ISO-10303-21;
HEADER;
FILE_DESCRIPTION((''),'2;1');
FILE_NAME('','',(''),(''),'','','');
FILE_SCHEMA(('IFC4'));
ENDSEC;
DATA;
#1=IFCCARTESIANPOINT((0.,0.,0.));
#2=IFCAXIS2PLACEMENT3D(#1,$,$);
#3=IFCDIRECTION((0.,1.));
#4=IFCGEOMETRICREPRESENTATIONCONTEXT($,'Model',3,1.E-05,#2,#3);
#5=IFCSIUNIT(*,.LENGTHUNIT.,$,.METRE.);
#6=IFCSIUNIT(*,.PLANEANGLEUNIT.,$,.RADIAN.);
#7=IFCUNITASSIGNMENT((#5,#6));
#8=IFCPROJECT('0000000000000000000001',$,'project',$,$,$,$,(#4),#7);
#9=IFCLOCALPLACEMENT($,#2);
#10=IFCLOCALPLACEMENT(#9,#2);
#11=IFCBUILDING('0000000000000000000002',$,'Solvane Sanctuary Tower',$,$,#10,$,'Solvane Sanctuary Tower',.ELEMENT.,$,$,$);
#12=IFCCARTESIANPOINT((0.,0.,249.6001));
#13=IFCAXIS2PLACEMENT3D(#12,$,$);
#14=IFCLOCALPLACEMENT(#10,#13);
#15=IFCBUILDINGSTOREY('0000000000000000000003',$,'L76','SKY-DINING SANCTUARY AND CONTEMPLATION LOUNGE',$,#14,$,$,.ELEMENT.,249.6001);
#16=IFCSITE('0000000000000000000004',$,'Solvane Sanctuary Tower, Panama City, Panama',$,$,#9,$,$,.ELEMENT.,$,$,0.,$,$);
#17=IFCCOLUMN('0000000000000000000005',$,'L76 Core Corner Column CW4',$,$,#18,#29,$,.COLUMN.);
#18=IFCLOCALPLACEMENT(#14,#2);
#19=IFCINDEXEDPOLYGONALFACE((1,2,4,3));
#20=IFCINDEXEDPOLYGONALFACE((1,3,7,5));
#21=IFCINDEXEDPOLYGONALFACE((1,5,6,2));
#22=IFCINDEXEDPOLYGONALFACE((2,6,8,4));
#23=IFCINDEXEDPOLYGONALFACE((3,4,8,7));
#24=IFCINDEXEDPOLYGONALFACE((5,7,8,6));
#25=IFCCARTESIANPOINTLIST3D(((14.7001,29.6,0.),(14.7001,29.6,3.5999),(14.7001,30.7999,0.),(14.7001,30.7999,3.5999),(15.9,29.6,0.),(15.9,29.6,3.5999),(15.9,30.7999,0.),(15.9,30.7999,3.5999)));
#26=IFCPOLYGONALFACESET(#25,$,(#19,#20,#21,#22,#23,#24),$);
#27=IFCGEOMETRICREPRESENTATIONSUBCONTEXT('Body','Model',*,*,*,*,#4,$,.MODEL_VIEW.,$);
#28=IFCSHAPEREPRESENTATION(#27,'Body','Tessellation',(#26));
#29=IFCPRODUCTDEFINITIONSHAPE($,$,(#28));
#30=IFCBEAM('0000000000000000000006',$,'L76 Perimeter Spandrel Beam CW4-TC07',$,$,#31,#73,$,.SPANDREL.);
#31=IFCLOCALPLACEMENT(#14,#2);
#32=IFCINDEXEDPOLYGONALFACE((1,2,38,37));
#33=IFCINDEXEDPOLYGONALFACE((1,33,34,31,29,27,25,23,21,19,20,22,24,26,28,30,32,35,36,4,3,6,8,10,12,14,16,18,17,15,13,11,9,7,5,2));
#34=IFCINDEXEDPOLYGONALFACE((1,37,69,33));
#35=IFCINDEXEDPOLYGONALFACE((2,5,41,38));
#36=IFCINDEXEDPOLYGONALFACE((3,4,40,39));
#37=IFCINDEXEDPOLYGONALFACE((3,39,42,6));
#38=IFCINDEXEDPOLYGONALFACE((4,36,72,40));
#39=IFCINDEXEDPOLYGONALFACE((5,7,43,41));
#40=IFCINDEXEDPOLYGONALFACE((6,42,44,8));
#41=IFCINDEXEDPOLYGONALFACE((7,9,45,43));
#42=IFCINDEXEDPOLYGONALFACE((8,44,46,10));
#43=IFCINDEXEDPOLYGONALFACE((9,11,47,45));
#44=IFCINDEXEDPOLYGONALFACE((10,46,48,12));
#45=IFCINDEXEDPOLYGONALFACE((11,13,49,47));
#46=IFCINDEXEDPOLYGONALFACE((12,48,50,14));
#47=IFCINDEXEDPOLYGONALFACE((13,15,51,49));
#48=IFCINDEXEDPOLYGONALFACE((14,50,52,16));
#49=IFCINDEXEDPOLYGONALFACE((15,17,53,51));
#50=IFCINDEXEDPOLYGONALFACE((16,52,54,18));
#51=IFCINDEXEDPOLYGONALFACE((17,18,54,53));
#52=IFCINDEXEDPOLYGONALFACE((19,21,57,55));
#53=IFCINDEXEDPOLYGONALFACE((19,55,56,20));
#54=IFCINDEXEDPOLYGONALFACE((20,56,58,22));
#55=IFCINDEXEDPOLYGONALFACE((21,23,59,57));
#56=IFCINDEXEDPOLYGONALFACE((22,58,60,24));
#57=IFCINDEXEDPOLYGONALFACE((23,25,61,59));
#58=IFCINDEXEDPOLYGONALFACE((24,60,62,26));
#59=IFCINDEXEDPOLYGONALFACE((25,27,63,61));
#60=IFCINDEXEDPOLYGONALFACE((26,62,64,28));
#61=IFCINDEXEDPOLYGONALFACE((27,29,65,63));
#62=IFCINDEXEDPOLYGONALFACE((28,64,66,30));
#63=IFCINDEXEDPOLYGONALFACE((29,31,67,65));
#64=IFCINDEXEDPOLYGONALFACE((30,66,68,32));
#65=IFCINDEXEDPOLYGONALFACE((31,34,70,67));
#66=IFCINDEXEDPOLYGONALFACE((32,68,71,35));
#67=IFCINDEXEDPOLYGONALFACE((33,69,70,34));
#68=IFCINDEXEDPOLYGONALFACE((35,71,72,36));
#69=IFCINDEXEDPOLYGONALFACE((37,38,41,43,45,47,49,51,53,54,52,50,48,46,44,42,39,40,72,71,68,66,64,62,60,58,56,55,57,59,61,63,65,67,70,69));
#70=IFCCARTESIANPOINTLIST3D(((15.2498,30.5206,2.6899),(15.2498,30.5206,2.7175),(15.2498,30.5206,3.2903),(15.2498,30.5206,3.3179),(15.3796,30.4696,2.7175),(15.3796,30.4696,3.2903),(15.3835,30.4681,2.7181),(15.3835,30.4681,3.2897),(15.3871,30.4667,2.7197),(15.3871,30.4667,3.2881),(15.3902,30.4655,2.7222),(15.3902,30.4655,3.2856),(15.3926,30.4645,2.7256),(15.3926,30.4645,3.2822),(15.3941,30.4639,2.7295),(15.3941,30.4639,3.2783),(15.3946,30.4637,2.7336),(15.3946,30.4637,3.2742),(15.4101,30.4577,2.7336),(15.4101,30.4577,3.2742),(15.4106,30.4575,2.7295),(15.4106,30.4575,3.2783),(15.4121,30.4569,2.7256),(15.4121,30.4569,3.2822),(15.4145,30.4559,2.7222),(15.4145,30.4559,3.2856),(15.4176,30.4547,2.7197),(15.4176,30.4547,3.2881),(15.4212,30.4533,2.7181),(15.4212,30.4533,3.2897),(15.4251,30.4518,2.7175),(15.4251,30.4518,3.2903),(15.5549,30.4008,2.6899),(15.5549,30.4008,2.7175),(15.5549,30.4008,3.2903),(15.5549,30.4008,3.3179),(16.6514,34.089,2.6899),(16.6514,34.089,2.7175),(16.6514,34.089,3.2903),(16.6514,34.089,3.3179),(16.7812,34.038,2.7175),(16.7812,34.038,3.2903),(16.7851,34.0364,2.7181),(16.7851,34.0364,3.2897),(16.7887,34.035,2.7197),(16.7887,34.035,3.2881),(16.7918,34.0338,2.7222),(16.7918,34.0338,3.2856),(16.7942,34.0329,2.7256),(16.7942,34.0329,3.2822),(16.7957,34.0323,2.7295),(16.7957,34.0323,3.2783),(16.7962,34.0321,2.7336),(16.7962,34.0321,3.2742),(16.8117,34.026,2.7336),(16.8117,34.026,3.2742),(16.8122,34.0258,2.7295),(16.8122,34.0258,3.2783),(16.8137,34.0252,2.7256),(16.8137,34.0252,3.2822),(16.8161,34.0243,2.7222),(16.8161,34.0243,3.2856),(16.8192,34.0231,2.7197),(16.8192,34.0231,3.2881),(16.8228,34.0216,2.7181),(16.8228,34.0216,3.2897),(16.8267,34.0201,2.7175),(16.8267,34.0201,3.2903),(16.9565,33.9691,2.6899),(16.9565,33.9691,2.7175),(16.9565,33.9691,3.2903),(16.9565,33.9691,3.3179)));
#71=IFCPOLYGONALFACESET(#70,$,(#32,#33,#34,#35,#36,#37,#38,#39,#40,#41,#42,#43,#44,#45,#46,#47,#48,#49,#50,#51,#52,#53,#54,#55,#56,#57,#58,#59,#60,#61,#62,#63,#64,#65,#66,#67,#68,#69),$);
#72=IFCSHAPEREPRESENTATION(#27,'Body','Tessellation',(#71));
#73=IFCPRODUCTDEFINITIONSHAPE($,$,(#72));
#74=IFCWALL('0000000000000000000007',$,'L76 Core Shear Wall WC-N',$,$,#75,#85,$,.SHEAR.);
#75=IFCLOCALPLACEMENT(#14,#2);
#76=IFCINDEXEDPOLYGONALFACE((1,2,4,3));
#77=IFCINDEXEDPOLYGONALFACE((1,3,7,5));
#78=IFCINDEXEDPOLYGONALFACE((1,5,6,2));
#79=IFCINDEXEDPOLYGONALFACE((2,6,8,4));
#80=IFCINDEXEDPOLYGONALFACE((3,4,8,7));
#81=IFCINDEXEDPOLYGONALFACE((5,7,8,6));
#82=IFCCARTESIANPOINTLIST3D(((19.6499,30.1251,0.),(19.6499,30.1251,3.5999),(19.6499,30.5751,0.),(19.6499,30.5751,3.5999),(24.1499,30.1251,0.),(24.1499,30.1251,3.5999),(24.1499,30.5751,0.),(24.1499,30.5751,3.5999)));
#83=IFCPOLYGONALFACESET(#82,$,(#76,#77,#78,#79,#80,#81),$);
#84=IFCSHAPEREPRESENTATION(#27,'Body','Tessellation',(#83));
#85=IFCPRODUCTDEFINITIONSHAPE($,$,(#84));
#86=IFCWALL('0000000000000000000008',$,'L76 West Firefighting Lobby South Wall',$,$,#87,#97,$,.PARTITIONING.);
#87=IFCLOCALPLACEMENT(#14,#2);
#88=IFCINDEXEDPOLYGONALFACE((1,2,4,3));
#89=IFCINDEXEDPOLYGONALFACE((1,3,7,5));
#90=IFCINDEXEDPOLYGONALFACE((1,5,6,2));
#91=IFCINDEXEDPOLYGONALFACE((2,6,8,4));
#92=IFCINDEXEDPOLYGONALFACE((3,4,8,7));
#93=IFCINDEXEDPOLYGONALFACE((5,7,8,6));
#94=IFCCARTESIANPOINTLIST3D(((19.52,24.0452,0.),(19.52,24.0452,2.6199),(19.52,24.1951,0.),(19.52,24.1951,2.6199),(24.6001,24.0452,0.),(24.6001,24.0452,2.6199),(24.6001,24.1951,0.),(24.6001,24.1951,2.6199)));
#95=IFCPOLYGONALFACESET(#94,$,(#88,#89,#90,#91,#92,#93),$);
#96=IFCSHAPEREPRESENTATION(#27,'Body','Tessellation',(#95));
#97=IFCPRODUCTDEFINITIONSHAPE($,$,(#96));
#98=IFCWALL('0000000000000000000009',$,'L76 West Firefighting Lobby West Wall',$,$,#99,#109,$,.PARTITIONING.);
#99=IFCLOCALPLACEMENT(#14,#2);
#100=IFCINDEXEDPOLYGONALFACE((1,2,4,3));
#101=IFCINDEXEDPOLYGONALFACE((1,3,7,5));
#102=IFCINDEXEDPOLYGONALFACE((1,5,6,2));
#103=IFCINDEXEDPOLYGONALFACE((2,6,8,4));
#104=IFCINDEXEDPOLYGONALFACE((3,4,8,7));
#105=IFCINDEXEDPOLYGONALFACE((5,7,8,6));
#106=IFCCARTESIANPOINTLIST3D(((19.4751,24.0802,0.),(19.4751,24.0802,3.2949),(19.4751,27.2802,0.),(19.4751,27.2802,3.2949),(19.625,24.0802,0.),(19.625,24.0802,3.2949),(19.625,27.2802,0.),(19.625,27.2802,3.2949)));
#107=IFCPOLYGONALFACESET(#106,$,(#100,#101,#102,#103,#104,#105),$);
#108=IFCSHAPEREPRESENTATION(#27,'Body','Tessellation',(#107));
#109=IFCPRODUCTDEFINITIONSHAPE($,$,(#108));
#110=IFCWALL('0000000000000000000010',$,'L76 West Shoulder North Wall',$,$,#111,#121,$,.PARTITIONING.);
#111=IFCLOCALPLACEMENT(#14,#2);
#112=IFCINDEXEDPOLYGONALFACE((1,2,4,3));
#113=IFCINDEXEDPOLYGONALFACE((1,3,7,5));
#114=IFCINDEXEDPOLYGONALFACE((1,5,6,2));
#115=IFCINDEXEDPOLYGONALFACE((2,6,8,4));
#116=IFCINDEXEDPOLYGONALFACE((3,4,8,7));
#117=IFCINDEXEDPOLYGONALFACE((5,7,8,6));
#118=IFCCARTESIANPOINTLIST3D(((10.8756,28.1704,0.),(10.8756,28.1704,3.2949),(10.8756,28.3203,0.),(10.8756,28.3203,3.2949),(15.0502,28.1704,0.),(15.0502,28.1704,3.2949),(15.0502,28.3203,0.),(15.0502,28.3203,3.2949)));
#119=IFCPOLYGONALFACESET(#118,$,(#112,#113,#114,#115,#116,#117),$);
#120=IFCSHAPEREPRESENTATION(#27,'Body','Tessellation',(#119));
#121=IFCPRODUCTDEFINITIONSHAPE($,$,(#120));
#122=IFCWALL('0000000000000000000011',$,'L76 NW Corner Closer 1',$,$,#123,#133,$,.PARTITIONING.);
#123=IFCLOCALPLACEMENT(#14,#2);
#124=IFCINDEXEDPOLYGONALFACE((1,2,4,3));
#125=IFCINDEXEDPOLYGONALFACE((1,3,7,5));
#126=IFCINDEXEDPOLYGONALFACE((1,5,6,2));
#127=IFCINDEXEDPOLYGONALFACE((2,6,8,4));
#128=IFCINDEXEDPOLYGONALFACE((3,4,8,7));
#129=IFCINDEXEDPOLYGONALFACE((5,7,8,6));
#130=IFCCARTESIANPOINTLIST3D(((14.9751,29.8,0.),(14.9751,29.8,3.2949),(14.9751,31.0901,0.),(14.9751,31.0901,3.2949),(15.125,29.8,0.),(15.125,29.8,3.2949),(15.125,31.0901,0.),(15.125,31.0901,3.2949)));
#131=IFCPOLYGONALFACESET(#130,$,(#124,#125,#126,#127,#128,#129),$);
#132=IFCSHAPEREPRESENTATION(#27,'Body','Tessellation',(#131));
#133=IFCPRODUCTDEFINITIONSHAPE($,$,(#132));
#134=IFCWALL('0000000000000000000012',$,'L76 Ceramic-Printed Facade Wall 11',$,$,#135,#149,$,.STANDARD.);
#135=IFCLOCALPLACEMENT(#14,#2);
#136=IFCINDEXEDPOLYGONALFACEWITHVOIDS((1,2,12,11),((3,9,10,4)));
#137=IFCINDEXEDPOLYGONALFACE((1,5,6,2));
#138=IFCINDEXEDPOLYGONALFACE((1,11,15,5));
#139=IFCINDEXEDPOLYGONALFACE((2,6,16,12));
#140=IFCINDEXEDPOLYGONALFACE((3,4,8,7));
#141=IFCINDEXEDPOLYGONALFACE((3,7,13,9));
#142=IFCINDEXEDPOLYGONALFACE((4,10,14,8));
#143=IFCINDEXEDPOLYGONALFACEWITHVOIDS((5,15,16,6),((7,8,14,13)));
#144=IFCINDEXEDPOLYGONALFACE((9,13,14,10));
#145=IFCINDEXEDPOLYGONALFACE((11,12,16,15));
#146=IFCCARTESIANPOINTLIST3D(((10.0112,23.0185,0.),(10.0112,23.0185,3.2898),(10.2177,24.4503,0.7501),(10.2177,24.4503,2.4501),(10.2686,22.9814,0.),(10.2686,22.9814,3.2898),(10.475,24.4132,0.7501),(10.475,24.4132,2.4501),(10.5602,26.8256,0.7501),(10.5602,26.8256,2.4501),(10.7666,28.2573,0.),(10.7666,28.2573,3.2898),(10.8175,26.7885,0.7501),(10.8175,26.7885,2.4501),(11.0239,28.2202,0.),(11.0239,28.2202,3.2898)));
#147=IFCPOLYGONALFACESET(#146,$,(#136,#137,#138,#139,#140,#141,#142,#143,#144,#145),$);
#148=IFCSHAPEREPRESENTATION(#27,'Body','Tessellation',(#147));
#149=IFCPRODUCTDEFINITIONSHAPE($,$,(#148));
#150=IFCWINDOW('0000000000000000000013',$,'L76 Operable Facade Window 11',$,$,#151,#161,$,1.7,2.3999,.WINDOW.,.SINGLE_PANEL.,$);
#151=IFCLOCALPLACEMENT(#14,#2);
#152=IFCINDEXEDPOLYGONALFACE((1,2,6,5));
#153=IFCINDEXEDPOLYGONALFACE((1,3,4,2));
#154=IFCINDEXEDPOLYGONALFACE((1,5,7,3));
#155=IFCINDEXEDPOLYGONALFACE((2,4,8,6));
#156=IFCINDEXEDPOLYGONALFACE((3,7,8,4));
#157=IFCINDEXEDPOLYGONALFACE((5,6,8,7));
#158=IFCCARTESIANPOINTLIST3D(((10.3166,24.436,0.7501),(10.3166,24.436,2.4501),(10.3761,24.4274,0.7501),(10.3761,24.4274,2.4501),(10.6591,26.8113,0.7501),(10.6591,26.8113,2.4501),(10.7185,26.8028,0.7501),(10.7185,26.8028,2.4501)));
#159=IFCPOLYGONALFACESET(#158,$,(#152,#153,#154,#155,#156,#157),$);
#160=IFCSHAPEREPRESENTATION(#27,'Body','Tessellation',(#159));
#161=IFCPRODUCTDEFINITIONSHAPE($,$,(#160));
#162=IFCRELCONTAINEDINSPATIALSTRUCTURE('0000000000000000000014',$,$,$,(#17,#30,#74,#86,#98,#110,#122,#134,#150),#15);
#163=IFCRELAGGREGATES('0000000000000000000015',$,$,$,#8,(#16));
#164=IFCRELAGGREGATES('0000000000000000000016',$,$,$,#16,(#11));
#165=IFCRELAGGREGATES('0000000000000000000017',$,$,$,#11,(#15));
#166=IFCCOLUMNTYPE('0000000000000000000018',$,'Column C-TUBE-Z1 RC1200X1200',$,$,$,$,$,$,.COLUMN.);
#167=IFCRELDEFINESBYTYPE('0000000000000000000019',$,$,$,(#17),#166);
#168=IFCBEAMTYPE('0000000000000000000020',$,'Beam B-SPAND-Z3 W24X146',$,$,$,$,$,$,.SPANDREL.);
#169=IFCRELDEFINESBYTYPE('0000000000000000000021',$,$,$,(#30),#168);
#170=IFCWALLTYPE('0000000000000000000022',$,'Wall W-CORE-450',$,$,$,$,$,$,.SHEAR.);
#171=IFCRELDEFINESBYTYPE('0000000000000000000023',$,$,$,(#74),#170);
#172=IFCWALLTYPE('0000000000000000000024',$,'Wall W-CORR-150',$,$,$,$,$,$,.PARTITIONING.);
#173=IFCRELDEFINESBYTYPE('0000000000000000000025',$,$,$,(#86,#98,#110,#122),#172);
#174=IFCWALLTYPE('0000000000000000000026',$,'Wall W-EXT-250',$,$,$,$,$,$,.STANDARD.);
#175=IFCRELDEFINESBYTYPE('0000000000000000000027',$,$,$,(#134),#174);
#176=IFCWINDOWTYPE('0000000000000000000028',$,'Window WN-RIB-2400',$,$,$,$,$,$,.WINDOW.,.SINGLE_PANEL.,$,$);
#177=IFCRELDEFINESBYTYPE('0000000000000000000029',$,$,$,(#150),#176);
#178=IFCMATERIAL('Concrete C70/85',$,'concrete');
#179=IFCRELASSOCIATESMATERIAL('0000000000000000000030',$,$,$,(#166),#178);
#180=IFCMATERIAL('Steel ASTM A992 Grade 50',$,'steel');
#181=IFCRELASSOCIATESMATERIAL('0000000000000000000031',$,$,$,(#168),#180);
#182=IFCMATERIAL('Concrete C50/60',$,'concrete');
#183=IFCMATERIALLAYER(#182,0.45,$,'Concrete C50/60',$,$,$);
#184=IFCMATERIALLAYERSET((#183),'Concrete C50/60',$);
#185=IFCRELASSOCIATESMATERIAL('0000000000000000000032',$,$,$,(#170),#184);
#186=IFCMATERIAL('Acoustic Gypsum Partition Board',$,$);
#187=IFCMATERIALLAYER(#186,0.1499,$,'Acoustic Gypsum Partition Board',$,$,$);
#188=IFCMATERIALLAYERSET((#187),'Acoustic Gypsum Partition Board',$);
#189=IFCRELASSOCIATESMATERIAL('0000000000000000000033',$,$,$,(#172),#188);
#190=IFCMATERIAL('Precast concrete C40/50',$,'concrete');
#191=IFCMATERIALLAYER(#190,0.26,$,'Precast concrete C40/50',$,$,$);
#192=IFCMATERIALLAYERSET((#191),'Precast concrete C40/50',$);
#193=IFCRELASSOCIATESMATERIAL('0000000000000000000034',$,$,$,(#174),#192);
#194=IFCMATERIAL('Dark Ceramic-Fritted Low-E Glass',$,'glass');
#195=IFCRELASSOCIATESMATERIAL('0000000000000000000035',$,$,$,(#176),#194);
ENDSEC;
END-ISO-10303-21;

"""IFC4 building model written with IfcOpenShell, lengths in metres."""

from ifc_helpers import new_model, si_unit, direction, frame, frame_2d, origin, origin_2d, place, context, subcontext, project, spatial, rectangle, i_section, extrude, material, layer, layer_set, material_profile, profile_set, type_object, element, fill, save


model = new_model("IFC4")

# Units and contexts
model_context = context("Model", 3, precision=1e-05, world=origin(), true_north=direction((0.0, 1.0)))
body_context = subcontext(model_context, "Body", "Model", "MODEL_VIEW")
ifc_project = project(units=[si_unit("LENGTHUNIT", "METRE"), si_unit("PLANEANGLEUNIT", "RADIAN")], contexts=[model_context])

# Site, building, storey
site_placement = place(None, origin())
site = spatial("IfcSite", under=ifc_project, at=site_placement, Name="Solvane Sanctuary Tower, Panama City, Panama", CompositionType="ELEMENT", RefElevation=0.0)
building_placement = place(site_placement, origin())
building = spatial("IfcBuilding", under=site, at=building_placement, Name="Solvane Sanctuary Tower", LongName="Solvane Sanctuary Tower", CompositionType="ELEMENT")
storey_placement = place(building_placement, frame((0.0, 0.0, 249.6001)))
storey = spatial("IfcBuildingStorey", under=building, at=storey_placement, Name="L76", Description="SKY-DINING SANCTUARY AND CONTEMPLATION LOUNGE", CompositionType="ELEMENT", Elevation=249.6001)

# Column
ifc_material_1 = material(Name="Concrete C70/85", Category="concrete")
ifc_material_profile_1 = material_profile(ifc_material_1, rectangle(XDim=1.2, YDim=1.2, at=origin_2d()), Name="RC1200X1200")
ifc_profile_set_1 = profile_set([ifc_material_profile_1], Name="Concrete C70/85")
column_type = type_object("IfcColumnType", Name="Column C-TUBE-Z1 RC1200X1200", PredefinedType="COLUMN", material=ifc_profile_set_1)
column_placement = place(storey_placement, frame((15.3, 30.2, 0.0), z_axis=(0.0, 0.0, 1.0), x_axis=(1.0, 0.0, 0.0)))
element("IfcColumn", 1, at=column_placement, inside=storey, type_object=column_type, Name="L76 Core Corner Column CW4", PredefinedType="COLUMN", context=body_context, shape_type="SweptSolid", body=[
    extrude(rectangle(XDim=1.2, YDim=1.2, at=origin_2d()), origin(), (0.0, 0.0, 1.0), 3.5999),
])

# Beam
ifc_material_2 = material(Name="Steel ASTM A992 Grade 50", Category="steel")
ifc_material_profile_2 = material_profile(ifc_material_2, i_section(OverallWidth=0.3279, OverallDepth=0.6279, WebThickness=0.0166, FlangeThickness=0.0276, FilletRadius=0.0161, at=origin_2d()), Name="W24X146")
ifc_profile_set_2 = profile_set([ifc_material_profile_2], Name="Steel ASTM A992 Grade 50")
beam_type = type_object("IfcBeamType", Name="Beam B-SPAND-Z3 W24X146", PredefinedType="SPANDREL", material=ifc_profile_set_2)
beam_placement = place(storey_placement, frame((15.4023, 30.4607, 3.0039), z_axis=(0.365597, 0.930773, 0.0), x_axis=(-0.930773, 0.365597, 0.0)))
element("IfcBeam", 2, at=beam_placement, inside=storey, type_object=beam_type, Name="L76 Perimeter Spandrel Beam CW4-TC07", PredefinedType="SPANDREL", context=body_context, shape_type="SweptSolid", body=[
    extrude(i_section(OverallWidth=0.3279, OverallDepth=0.6279, WebThickness=0.0166, FlangeThickness=0.0276, FilletRadius=0.0161, at=origin_2d()), origin(), (0.0, 0.0, 1.0), 3.8337),
])

# Walls
ifc_material_3 = material(Name="Concrete C50/60", Category="concrete")
ifc_layer_1 = layer(ifc_material_3, 0.45, Name="Concrete C50/60")
ifc_layer_set_1 = layer_set([ifc_layer_1], Name="Concrete C50/60")
wall_type_1 = type_object("IfcWallType", Name="Wall W-CORE-450", PredefinedType="SHEAR", material=ifc_layer_set_1)
wall_1_placement = place(storey_placement, frame((19.6499, 30.3501, 0.0), z_axis=(0.0, 0.0, 1.0), x_axis=(1.0, 0.0, 0.0)))
element("IfcWall", 3, at=wall_1_placement, inside=storey, type_object=wall_type_1, Name="L76 Core Shear Wall WC-N", PredefinedType="SHEAR", context=body_context, shape_type="SweptSolid", body=[
    extrude(rectangle(XDim=4.5, YDim=0.45, at=frame_2d((2.25, 0.0))), origin(), (0.0, 0.0, 1.0), 3.5999),
])
ifc_material_4 = material(Name="Acoustic Gypsum Partition Board")
ifc_layer_2 = layer(ifc_material_4, 0.1499, Name="Acoustic Gypsum Partition Board")
ifc_layer_set_2 = layer_set([ifc_layer_2], Name="Acoustic Gypsum Partition Board")
wall_type_2 = type_object("IfcWallType", Name="Wall W-CORR-150", PredefinedType="PARTITIONING", material=ifc_layer_set_2)
wall_2_placement = place(storey_placement, frame((19.52, 24.1201, 0.0), z_axis=(0.0, 0.0, 1.0), x_axis=(1.0, 0.0, 0.0)))
element("IfcWall", 4, at=wall_2_placement, inside=storey, type_object=wall_type_2, Name="L76 West Firefighting Lobby South Wall", PredefinedType="PARTITIONING", context=body_context, shape_type="SweptSolid", body=[
    extrude(rectangle(XDim=5.0801, YDim=0.1499, at=frame_2d((2.54, 0.0))), origin(), (0.0, 0.0, 1.0), 2.6199),
])
wall_3_placement = place(storey_placement, frame((19.55, 24.0801, 0.0), z_axis=(0.0, 0.0, 1.0), x_axis=(0.0, 1.0, 0.0)))
element("IfcWall", 5, at=wall_3_placement, inside=storey, type_object=wall_type_2, Name="L76 West Firefighting Lobby West Wall", PredefinedType="PARTITIONING", context=body_context, shape_type="SweptSolid", body=[
    extrude(rectangle(XDim=3.2, YDim=0.1499, at=frame_2d((1.6001, 0.0))), origin(), (0.0, 0.0, 1.0), 3.2949),
])
wall_4_placement = place(storey_placement, frame((10.8755, 28.2454, 0.0), z_axis=(0.0, 0.0, 1.0), x_axis=(1.0, 0.0, 0.0)))
element("IfcWall", 6, at=wall_4_placement, inside=storey, type_object=wall_type_2, Name="L76 West Shoulder North Wall", PredefinedType="PARTITIONING", context=body_context, shape_type="SweptSolid", body=[
    extrude(rectangle(XDim=4.1746, YDim=0.1499, at=frame_2d((2.0874, 0.0))), origin(), (0.0, 0.0, 1.0), 3.2949),
])
wall_5_placement = place(storey_placement, frame((15.05, 29.8, 0.0), z_axis=(0.0, 0.0, 1.0), x_axis=(0.0, 1.0, 0.0)))
element("IfcWall", 7, at=wall_5_placement, inside=storey, type_object=wall_type_2, Name="L76 NW Corner Closer 1", PredefinedType="PARTITIONING", context=body_context, shape_type="SweptSolid", body=[
    extrude(rectangle(XDim=1.29, YDim=0.1499, at=frame_2d((0.645, 0.0))), origin(), (0.0, 0.0, 1.0), 3.2949),
])

# Wall, opening, window
ifc_material_5 = material(Name="Precast concrete C40/50", Category="concrete")
ifc_layer_3 = layer(ifc_material_5, 0.26, Name="Precast concrete C40/50")
ifc_layer_set_3 = layer_set([ifc_layer_3], Name="Precast concrete C40/50")
wall_type_3 = type_object("IfcWallType", Name="Wall W-EXT-250", PredefinedType="STANDARD", material=ifc_layer_set_3)
wall_6_placement = place(storey_placement, frame((10.8953, 28.2388, 0.0), z_axis=(0.0, 0.0, 1.0), x_axis=(-0.142713, -0.989764, 0.0)))
wall_6 = element("IfcWall", 8, at=wall_6_placement, inside=storey, type_object=wall_type_3, Name="L76 Ceramic-Printed Facade Wall 11", PredefinedType="STANDARD", context=body_context, shape_type="SweptSolid", body=[
    extrude(rectangle(XDim=5.293, YDim=0.26, at=frame_2d((2.6465, 0.0))), origin(), (0.0, 0.0, 1.0), 3.2898),
])
opening_1_placement = place(wall_6_placement, frame((1.4465, 0.0, 0.75)))
opening_1 = element("IfcOpeningElement", 9, at=opening_1_placement, cuts=wall_6, PredefinedType="OPENING", context=body_context, shape_type="SweptSolid", body=[
    extrude(rectangle(XDim=2.3999, YDim=1.7, at=frame_2d((1.2, 0.8501))), frame((0.0, 0.1399, 0.0), z_axis=(0.0, -1.0, 0.0), x_axis=(1.0, 0.0, 0.0)), (0.0, 0.0, 1.0), 0.28),
])
ifc_material_6 = material(Name="Dark Ceramic-Fritted Low-E Glass", Category="glass")
window_type_1 = type_object("IfcWindowType", Name="Window WN-RIB-2400", PartitioningType="SINGLE_PANEL", PredefinedType="WINDOW", material=ifc_material_6)
window_1_placement = place(opening_1_placement, origin())
window_1 = element("IfcWindow", 10, at=window_1_placement, inside=storey, type_object=window_type_1, Name="L76 Operable Facade Window 11", OverallHeight=1.7, OverallWidth=2.3999, PartitioningType="SINGLE_PANEL", PredefinedType="WINDOW", context=body_context, shape_type="SweptSolid", body=[
    extrude(rectangle(XDim=2.3999, YDim=1.7, at=frame_2d((1.2, 0.8501))), frame((0.0, 0.03, 0.0), z_axis=(0.0, -1.0, 0.0), x_axis=(1.0, 0.0, 0.0)), (0.0, 0.0, 1.0), 0.0601),
])
fill(opening_1, window_1)

save(model, "model.ifc")
